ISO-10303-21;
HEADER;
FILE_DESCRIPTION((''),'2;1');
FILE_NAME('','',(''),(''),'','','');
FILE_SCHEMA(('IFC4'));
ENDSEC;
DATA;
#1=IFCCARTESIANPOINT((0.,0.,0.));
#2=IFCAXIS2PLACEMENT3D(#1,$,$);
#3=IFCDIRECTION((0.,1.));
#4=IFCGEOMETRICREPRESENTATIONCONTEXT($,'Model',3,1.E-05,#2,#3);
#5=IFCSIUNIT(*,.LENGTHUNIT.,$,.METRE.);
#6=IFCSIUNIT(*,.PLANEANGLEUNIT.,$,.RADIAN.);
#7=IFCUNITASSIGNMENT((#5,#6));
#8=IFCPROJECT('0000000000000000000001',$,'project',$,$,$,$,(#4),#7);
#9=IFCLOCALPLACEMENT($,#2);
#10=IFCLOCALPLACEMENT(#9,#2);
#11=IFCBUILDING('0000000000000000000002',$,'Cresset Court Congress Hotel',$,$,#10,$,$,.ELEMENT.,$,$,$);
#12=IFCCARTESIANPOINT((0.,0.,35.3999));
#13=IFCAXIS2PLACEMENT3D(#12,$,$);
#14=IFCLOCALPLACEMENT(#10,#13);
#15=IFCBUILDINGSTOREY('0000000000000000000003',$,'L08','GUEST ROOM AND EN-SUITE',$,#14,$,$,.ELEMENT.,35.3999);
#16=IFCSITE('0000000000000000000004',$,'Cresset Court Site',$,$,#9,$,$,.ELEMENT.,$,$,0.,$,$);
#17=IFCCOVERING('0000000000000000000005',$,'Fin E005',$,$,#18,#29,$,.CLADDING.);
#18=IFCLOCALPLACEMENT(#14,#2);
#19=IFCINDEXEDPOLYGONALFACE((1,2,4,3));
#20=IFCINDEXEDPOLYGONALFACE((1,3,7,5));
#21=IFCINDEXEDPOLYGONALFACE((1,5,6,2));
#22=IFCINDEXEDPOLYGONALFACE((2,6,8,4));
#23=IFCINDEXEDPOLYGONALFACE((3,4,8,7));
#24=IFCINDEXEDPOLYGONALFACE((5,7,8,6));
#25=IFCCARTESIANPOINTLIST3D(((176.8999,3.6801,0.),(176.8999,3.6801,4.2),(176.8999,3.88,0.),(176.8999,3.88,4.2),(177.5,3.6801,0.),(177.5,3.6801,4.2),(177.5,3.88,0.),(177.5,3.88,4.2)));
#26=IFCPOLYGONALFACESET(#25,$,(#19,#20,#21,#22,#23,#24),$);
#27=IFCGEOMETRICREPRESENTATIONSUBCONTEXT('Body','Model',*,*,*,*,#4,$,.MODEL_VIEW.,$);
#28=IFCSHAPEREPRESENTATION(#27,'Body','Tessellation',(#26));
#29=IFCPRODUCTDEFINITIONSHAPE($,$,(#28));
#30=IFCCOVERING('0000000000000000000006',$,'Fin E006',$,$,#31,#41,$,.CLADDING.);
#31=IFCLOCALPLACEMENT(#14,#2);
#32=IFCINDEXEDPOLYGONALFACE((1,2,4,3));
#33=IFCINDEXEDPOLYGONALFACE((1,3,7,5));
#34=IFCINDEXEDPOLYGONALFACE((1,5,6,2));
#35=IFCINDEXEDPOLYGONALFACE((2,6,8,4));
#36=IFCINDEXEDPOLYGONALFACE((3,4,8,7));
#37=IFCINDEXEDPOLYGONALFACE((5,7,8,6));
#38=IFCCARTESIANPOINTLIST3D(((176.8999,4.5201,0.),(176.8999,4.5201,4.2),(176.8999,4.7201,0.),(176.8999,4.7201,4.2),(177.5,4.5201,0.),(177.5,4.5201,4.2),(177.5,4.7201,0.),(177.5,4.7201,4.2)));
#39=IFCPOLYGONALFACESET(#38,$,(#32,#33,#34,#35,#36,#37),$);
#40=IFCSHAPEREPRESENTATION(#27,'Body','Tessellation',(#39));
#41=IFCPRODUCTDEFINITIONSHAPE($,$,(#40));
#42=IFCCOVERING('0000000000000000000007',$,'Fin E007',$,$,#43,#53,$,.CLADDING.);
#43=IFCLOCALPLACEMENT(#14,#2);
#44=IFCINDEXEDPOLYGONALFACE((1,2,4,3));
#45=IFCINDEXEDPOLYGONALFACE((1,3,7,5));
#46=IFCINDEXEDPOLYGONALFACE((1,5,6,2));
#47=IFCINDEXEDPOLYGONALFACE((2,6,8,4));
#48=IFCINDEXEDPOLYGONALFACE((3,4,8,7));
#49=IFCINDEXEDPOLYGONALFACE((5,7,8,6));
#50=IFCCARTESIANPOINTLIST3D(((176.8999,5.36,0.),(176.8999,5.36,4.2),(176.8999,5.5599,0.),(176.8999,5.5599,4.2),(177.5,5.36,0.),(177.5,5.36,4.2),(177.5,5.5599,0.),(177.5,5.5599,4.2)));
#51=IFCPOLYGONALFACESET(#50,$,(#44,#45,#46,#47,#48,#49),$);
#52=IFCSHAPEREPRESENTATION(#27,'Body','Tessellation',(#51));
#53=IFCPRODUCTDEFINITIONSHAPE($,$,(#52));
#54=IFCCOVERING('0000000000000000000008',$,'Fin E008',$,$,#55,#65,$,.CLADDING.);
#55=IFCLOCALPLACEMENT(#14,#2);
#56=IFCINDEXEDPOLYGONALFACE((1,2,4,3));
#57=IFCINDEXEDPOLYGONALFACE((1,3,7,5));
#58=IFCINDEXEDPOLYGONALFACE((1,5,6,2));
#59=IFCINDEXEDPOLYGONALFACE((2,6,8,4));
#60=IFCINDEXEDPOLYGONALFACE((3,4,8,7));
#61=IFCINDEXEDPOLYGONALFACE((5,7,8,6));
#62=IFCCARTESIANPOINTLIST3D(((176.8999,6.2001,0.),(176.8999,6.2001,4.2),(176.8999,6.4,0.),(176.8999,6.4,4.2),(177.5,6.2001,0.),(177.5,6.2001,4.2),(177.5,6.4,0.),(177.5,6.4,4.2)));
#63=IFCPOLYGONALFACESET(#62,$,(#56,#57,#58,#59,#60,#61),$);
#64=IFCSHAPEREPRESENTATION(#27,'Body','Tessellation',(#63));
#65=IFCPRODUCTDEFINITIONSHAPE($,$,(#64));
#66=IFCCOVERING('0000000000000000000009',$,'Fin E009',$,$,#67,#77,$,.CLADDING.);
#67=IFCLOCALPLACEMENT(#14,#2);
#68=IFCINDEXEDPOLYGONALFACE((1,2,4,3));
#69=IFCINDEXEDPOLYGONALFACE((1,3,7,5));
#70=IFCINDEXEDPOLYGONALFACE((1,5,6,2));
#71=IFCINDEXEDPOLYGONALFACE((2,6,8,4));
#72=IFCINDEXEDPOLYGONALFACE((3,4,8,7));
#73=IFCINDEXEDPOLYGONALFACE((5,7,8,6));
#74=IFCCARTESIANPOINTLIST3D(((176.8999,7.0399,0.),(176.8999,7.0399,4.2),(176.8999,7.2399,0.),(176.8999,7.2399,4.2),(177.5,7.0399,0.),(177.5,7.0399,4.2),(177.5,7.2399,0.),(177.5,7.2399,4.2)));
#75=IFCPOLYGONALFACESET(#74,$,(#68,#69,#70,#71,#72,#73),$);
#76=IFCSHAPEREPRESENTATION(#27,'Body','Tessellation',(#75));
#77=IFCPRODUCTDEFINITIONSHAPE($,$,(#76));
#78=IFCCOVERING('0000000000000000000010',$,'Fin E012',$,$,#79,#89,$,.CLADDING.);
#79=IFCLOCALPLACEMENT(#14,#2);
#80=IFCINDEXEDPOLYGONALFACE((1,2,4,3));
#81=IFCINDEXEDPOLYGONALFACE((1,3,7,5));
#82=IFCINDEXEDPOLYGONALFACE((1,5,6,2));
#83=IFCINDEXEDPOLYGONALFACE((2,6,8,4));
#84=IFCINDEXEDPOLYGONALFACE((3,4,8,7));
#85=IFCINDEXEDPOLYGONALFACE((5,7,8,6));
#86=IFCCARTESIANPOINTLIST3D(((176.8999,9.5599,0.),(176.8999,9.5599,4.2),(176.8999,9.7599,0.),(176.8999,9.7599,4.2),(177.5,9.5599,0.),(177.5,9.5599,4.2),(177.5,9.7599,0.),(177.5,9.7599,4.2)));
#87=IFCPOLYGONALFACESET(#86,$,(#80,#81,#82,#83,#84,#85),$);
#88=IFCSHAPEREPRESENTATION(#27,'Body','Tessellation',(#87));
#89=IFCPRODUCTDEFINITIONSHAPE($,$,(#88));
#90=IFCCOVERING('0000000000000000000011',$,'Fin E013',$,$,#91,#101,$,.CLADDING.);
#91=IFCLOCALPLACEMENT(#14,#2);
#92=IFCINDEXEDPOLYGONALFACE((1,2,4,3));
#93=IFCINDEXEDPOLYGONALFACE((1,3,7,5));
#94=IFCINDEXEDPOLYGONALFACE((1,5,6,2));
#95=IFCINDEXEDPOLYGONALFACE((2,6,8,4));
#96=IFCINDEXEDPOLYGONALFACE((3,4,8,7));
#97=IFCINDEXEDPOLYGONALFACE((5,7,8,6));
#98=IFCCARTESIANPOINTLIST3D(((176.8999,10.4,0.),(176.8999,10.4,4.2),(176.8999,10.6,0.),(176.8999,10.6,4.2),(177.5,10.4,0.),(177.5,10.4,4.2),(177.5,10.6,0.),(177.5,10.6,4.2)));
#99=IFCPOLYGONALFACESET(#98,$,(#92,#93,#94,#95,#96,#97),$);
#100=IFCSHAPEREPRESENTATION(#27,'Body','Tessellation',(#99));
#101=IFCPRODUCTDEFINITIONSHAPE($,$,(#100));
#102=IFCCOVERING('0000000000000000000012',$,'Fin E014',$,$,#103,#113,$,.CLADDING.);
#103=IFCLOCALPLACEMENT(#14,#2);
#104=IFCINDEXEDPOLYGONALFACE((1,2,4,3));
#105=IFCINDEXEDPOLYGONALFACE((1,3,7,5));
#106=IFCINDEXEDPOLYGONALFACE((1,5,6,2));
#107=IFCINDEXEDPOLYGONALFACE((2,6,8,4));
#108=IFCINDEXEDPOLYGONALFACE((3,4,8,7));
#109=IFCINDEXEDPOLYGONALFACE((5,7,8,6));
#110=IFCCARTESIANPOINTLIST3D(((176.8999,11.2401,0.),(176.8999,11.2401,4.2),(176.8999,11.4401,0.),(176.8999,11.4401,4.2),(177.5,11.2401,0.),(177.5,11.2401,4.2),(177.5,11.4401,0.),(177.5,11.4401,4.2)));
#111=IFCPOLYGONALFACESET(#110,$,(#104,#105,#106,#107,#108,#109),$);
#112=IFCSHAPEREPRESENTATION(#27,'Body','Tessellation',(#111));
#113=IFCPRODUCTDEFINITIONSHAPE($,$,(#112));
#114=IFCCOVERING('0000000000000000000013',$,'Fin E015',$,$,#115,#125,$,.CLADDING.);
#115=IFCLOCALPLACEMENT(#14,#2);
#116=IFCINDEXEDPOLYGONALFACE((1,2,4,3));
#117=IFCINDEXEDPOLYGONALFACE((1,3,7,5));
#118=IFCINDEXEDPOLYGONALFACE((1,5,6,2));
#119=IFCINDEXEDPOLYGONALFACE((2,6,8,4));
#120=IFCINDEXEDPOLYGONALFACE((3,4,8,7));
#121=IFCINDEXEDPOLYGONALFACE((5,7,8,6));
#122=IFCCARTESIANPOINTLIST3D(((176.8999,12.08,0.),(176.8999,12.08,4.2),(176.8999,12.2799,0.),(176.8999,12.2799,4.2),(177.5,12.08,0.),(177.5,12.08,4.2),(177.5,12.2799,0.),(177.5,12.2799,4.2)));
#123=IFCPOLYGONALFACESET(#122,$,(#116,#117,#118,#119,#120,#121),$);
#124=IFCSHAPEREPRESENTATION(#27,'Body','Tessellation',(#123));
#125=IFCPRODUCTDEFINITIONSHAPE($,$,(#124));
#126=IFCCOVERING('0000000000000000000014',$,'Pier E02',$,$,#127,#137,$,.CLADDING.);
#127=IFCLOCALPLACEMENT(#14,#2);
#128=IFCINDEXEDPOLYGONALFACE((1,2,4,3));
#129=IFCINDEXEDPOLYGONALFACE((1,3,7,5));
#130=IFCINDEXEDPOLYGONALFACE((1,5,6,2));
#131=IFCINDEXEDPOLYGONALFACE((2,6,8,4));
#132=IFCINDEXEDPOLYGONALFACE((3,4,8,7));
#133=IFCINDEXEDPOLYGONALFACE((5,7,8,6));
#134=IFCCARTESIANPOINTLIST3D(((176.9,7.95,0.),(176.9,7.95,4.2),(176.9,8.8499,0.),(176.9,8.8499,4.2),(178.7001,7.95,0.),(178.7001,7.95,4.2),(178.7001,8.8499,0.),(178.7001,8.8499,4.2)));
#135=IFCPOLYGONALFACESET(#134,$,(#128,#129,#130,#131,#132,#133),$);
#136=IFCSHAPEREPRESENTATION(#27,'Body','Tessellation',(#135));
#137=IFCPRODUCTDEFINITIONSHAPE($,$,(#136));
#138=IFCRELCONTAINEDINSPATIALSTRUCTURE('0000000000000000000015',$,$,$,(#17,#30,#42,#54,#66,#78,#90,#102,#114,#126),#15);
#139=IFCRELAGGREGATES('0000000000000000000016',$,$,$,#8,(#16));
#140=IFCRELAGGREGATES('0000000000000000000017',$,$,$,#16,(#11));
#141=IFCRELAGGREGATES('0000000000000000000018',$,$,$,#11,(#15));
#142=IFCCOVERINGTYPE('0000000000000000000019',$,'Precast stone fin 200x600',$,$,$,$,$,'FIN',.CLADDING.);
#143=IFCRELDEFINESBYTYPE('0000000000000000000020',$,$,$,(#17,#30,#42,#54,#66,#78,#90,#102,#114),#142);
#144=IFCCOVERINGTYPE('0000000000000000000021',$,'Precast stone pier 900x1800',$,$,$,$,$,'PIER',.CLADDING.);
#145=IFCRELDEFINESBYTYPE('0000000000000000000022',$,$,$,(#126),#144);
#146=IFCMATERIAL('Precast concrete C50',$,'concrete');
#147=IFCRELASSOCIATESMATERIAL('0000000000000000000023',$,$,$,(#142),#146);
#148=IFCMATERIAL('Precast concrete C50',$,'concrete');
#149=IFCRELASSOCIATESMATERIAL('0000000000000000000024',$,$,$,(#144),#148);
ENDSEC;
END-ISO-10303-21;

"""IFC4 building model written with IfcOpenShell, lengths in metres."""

from ifc_helpers import new_model, si_unit, direction, frame, origin, origin_2d, place, context, subcontext, project, spatial, rectangle, extrude, material, type_object, element, save


model = new_model("IFC4")

# Units and contexts
model_context = context("Model", 3, precision=1e-05, world=origin(), true_north=direction((0.0, 1.0)))
body_context = subcontext(model_context, "Body", "Model", "MODEL_VIEW")
ifc_project = project(units=[si_unit("LENGTHUNIT", "METRE"), si_unit("PLANEANGLEUNIT", "RADIAN")], contexts=[model_context])

# Site, building, storey
site_placement = place(None, origin())
site = spatial("IfcSite", under=ifc_project, at=site_placement, Name="Cresset Court Site", CompositionType="ELEMENT", RefElevation=0.0)
building_placement = place(site_placement, origin())
building = spatial("IfcBuilding", under=site, at=building_placement, Name="Cresset Court Congress Hotel", CompositionType="ELEMENT")
storey_placement = place(building_placement, frame((0.0, 0.0, 35.3999)))
storey = spatial("IfcBuildingStorey", under=building, at=storey_placement, Name="L08", Description="GUEST ROOM AND EN-SUITE", CompositionType="ELEMENT", Elevation=35.3999)

# Coverings
ifc_material_1 = material(Name="Precast concrete C50", Category="concrete")
covering_type_1 = type_object("IfcCoveringType", Name="Precast stone fin 200x600", ElementType="FIN", PredefinedType="CLADDING", material=ifc_material_1)
for number, where, z_axis, x_axis, name in (
    (1, (177.2, 3.78, 0.0), (0.0, 0.0, 1.0), (1.0, 0.0, 0.0), "Fin E005"),
    (2, (177.2, 4.6201, 0.0), (0.0, 0.0, 1.0), (1.0, 0.0, 0.0), "Fin E006"),
    (3, (177.2, 5.46, 0.0), (0.0, 0.0, 1.0), (1.0, 0.0, 0.0), "Fin E007"),
    (4, (177.2, 6.3, 0.0), (0.0, 0.0, 1.0), (1.0, 0.0, 0.0), "Fin E008"),
    (5, (177.2, 7.1399, 0.0), (0.0, 0.0, 1.0), (1.0, 0.0, 0.0), "Fin E009"),
    (6, (177.2, 9.6599, 0.0), (0.0, 0.0, 1.0), (1.0, 0.0, 0.0), "Fin E012"),
    (7, (177.2, 10.5, 0.0), (0.0, 0.0, 1.0), (1.0, 0.0, 0.0), "Fin E013"),
    (8, (177.2, 11.3401, 0.0), (0.0, 0.0, 1.0), (1.0, 0.0, 0.0), "Fin E014"),
    (9, (177.2, 12.1799, 0.0), (0.0, 0.0, 1.0), (1.0, 0.0, 0.0), "Fin E015"),
):
    element("IfcCovering", number, at=place(storey_placement, frame(where, z_axis=z_axis, x_axis=x_axis)), inside=storey, type_object=covering_type_1, Name=name, PredefinedType="CLADDING", context=body_context, shape_type="SweptSolid", body=[
        extrude(rectangle(XDim=0.6001, YDim=0.2, at=origin_2d()), origin(), (0.0, 0.0, 1.0), 4.2),
    ])
ifc_material_2 = material(Name="Precast concrete C50", Category="concrete")
covering_type_2 = type_object("IfcCoveringType", Name="Precast stone pier 900x1800", ElementType="PIER", PredefinedType="CLADDING", material=ifc_material_2)
covering_placement = place(storey_placement, frame((177.8, 8.3999, 0.0), z_axis=(0.0, 0.0, 1.0), x_axis=(1.0, 0.0, 0.0)))
element("IfcCovering", 10, at=covering_placement, inside=storey, type_object=covering_type_2, Name="Pier E02", PredefinedType="CLADDING", context=body_context, shape_type="SweptSolid", body=[
    extrude(rectangle(XDim=1.8, YDim=0.8999, at=origin_2d()), origin(), (0.0, 0.0, 1.0), 4.2),
])

save(model, "model.ifc")
